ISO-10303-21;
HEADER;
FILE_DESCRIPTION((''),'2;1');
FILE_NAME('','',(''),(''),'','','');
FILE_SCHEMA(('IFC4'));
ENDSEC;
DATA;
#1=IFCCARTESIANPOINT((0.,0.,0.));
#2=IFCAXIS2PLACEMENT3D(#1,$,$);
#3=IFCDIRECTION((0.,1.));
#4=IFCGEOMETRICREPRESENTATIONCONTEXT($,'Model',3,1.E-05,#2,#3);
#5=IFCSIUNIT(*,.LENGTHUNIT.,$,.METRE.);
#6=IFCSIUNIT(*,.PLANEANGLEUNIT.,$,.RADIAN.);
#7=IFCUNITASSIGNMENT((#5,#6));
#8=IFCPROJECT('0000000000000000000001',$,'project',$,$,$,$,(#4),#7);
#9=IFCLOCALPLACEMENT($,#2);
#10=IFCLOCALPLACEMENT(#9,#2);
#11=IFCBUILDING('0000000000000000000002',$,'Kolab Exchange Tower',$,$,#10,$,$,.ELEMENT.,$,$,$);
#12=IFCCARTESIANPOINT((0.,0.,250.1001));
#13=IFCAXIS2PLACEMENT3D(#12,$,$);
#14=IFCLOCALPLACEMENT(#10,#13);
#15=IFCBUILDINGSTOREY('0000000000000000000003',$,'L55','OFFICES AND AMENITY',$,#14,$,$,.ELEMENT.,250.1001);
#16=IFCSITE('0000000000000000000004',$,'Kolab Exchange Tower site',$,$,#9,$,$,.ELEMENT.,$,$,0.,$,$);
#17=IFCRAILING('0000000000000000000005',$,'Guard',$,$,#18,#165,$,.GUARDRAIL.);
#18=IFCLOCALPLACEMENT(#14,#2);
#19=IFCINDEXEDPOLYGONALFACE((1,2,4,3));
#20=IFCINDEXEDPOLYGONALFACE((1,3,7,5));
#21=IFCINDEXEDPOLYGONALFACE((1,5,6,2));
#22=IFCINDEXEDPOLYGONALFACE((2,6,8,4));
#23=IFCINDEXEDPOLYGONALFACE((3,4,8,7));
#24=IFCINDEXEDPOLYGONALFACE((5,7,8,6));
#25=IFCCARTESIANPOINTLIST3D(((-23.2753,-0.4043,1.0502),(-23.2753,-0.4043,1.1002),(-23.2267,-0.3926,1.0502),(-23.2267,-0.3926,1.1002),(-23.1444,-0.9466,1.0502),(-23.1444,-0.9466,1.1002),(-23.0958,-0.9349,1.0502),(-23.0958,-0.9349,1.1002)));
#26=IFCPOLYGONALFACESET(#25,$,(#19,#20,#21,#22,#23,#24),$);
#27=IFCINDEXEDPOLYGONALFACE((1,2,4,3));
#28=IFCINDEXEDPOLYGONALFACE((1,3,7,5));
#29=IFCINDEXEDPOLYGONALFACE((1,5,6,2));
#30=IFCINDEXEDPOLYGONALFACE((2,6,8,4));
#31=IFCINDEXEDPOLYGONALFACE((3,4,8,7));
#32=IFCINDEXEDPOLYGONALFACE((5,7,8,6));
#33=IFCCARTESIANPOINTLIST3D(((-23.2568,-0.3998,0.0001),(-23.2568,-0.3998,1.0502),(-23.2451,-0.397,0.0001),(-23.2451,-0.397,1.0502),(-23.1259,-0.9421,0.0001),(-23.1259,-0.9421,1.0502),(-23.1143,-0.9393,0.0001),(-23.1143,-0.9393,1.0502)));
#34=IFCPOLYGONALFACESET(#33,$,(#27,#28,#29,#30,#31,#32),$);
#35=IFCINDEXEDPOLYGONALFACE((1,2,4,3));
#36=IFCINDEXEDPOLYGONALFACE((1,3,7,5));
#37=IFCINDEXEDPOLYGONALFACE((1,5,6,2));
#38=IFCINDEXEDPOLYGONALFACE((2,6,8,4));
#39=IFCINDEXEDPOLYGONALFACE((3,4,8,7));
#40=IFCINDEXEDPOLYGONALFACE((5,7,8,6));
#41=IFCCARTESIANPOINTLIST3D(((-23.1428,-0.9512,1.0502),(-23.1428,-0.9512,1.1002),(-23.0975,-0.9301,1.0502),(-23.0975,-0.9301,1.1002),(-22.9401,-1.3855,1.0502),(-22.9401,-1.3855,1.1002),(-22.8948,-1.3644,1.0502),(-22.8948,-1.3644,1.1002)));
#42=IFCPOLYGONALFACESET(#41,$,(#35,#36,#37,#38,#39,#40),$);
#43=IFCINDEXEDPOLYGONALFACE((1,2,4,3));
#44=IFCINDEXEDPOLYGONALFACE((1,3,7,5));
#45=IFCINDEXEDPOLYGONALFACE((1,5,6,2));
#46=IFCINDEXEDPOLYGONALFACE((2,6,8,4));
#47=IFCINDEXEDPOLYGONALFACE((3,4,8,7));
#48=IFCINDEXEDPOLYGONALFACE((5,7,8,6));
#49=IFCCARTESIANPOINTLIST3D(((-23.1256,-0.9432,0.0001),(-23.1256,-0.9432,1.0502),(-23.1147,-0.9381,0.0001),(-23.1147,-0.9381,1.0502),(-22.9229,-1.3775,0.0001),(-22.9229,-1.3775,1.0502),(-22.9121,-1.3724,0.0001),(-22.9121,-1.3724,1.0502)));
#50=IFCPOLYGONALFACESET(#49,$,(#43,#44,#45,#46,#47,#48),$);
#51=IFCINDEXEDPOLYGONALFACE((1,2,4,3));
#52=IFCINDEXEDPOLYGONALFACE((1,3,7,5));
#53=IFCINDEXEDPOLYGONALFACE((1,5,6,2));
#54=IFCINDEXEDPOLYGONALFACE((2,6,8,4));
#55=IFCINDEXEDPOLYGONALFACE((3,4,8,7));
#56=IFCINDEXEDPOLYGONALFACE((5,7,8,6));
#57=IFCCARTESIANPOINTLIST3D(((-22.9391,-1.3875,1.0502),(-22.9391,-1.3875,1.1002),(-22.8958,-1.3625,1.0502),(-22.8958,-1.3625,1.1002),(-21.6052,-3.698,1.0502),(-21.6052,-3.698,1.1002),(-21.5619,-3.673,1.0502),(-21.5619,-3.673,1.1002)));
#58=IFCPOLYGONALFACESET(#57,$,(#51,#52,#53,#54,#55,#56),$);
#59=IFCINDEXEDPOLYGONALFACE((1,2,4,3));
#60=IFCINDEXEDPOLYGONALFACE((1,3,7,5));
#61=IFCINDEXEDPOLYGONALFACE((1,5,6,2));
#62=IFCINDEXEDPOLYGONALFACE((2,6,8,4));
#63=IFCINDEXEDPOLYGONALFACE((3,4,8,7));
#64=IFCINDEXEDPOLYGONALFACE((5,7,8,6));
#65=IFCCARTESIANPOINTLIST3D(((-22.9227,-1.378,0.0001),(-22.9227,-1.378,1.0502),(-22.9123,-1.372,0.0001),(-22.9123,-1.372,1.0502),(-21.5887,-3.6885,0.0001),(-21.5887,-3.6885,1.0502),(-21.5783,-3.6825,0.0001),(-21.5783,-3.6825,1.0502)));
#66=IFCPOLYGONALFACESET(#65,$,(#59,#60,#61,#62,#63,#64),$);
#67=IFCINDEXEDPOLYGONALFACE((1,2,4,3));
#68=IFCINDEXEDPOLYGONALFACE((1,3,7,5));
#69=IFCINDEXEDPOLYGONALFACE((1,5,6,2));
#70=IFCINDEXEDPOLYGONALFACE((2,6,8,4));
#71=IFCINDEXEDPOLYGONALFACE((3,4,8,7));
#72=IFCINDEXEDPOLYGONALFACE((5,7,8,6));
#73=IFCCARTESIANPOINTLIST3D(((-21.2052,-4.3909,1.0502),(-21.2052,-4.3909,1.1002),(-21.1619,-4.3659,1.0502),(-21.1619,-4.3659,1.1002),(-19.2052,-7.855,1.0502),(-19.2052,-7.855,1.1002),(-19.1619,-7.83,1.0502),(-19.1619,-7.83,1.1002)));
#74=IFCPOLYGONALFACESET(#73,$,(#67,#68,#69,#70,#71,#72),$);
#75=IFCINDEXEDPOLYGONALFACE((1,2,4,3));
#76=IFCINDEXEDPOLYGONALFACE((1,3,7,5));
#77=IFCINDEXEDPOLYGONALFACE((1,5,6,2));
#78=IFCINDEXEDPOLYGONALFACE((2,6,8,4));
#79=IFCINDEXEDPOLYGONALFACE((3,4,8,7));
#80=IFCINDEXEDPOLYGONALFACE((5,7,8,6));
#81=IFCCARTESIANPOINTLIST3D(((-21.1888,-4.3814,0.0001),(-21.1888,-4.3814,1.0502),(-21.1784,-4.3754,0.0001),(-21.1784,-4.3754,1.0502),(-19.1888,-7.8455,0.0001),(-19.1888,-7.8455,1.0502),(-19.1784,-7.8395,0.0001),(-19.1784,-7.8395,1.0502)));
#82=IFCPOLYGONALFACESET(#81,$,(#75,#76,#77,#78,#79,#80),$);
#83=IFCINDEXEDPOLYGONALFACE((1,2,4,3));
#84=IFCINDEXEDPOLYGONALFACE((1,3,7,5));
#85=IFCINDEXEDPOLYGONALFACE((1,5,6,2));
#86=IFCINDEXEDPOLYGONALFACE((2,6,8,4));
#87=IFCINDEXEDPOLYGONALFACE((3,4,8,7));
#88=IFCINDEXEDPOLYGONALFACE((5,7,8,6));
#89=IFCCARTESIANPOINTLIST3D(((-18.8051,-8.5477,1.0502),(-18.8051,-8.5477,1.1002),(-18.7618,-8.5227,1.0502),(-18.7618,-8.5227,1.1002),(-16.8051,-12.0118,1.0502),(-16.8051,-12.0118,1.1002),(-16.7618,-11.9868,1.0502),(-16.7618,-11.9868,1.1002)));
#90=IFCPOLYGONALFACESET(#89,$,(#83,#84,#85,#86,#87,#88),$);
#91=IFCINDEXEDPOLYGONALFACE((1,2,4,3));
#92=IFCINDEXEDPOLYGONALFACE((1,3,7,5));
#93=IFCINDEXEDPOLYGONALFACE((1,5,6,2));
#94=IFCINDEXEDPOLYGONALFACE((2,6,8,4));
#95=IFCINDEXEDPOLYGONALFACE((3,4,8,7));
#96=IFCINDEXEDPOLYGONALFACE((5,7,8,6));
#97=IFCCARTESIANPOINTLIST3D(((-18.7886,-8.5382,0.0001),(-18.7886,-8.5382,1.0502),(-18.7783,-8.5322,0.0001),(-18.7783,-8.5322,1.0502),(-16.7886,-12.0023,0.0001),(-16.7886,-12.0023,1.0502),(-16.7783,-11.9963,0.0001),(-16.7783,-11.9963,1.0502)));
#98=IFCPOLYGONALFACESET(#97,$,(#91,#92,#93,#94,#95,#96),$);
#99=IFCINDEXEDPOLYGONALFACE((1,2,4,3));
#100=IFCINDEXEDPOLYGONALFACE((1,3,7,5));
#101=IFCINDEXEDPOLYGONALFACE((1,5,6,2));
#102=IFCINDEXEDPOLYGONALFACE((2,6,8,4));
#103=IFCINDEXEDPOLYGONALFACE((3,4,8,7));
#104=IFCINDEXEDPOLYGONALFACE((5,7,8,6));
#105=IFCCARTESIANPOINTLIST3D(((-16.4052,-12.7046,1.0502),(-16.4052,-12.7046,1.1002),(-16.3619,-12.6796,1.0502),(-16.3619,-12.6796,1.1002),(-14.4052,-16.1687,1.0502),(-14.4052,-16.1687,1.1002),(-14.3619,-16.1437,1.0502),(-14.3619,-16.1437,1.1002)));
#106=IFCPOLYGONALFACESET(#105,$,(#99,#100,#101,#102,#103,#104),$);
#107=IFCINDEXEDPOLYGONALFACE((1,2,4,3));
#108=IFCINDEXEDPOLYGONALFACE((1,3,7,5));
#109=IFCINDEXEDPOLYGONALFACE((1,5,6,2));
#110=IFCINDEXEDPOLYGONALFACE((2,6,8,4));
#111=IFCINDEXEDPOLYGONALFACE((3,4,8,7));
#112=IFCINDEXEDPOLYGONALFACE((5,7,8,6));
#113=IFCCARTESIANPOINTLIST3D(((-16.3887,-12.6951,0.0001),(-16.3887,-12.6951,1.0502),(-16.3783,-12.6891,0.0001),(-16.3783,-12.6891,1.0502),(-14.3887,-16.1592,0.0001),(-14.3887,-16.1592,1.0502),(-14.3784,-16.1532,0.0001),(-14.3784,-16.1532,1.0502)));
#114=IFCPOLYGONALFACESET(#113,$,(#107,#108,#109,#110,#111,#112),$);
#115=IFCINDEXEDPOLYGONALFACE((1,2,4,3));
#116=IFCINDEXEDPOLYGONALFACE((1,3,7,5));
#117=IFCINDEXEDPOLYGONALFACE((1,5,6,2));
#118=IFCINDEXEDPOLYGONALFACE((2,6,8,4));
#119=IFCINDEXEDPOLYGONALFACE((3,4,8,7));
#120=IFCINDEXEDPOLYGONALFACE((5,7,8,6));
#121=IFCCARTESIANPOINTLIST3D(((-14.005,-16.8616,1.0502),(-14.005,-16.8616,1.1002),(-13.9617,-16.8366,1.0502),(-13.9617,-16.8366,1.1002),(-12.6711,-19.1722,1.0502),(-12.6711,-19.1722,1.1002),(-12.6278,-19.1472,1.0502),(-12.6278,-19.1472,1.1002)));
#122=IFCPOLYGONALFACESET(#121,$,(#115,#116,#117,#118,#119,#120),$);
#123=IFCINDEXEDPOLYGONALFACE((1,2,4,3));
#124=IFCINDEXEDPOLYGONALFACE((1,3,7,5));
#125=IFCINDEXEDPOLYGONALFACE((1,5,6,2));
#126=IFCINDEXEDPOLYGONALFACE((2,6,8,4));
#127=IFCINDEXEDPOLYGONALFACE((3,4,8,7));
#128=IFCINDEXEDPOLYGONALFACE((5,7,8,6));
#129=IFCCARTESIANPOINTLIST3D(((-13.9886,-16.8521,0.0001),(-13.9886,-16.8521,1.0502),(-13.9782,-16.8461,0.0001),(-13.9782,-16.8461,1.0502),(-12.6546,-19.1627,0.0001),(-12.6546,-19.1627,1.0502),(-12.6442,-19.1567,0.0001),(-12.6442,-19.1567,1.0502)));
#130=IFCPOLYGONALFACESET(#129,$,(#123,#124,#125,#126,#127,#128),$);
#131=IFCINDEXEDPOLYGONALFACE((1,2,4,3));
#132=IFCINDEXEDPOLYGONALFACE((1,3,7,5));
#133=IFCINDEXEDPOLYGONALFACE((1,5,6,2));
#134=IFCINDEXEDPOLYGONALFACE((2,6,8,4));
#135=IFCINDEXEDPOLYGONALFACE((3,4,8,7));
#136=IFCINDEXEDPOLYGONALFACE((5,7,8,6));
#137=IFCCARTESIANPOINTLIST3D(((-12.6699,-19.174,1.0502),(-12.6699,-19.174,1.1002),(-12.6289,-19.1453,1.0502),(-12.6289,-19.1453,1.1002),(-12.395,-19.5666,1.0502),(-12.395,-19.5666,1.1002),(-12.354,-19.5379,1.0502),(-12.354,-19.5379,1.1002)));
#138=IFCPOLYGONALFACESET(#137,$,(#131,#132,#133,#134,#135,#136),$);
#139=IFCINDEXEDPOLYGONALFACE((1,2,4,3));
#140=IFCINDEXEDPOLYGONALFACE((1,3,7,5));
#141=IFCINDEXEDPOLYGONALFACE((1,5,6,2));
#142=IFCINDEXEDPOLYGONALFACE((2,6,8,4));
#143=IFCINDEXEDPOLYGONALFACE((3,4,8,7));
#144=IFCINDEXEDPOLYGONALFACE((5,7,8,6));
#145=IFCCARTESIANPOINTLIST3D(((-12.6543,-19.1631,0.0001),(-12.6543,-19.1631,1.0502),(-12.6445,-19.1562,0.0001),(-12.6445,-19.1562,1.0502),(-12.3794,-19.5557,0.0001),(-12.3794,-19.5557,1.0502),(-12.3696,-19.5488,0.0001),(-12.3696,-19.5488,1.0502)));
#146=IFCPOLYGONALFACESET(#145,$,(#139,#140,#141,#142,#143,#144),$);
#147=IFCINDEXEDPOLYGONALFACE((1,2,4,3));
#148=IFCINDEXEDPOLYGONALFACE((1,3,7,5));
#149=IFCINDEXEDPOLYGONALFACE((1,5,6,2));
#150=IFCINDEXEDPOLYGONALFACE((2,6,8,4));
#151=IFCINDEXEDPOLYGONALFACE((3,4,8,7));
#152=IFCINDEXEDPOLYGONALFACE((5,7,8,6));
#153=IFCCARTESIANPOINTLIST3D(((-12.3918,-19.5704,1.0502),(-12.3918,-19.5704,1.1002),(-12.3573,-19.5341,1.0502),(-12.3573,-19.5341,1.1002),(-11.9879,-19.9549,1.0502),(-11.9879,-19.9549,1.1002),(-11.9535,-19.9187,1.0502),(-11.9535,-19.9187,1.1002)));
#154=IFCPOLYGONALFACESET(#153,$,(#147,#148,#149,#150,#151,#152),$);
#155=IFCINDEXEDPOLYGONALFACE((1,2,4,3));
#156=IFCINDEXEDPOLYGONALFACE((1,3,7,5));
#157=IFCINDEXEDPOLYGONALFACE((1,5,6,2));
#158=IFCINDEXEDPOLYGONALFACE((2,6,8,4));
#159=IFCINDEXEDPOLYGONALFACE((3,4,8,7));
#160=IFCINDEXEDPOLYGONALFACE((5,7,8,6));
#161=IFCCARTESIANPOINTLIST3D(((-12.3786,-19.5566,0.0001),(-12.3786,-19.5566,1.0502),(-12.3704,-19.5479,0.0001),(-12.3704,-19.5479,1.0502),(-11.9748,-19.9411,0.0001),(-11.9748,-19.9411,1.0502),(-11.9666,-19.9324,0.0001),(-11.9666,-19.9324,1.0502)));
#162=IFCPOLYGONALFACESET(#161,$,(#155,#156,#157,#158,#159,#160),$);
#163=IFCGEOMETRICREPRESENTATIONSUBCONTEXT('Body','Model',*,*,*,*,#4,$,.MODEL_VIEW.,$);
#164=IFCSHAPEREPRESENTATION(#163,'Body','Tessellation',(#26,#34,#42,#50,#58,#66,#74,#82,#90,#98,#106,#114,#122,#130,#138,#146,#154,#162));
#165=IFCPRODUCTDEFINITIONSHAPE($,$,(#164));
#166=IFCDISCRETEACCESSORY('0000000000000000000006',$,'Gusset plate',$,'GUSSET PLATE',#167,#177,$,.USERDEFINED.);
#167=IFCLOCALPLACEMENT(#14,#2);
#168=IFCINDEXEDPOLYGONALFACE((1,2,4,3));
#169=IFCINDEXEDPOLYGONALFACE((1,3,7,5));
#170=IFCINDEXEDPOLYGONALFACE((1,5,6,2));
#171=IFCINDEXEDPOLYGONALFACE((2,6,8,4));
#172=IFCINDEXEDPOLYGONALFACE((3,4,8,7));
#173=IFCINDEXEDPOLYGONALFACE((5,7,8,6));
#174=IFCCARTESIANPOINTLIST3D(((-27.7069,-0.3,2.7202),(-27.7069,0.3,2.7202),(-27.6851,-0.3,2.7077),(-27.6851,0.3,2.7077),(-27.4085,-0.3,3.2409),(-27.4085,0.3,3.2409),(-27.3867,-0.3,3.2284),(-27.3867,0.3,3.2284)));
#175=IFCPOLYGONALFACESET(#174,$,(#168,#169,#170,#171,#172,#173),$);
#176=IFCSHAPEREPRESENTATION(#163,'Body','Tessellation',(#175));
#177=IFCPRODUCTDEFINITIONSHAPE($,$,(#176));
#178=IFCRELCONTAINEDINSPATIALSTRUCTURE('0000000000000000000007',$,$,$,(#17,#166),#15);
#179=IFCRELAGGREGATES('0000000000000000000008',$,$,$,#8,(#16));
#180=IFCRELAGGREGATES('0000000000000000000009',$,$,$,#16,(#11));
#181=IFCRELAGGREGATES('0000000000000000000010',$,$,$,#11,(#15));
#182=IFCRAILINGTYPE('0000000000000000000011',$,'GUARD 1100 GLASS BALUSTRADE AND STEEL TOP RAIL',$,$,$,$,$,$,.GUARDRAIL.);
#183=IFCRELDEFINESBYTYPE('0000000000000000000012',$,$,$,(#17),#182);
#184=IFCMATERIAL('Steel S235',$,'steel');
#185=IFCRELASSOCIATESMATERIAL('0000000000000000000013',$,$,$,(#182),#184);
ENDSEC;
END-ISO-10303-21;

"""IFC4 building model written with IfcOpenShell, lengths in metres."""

from ifc_helpers import new_model, si_unit, direction, frame, frame_2d, origin, origin_2d, place, context, subcontext, project, spatial, rectangle, extrude, material, type_object, element, save


model = new_model("IFC4")

# Units and contexts
model_context = context("Model", 3, precision=1e-05, world=origin(), true_north=direction((0.0, 1.0)))
body_context = subcontext(model_context, "Body", "Model", "MODEL_VIEW")
ifc_project = project(units=[si_unit("LENGTHUNIT", "METRE"), si_unit("PLANEANGLEUNIT", "RADIAN")], contexts=[model_context])

# Site, building, storey
site_placement = place(None, origin())
site = spatial("IfcSite", under=ifc_project, at=site_placement, Name="Kolab Exchange Tower site", CompositionType="ELEMENT", RefElevation=0.0)
building_placement = place(site_placement, origin())
building = spatial("IfcBuilding", under=site, at=building_placement, Name="Kolab Exchange Tower", CompositionType="ELEMENT")
storey_placement = place(building_placement, frame((0.0, 0.0, 250.1001)))
storey = spatial("IfcBuildingStorey", under=building, at=storey_placement, Name="L55", Description="OFFICES AND AMENITY", CompositionType="ELEMENT", Elevation=250.1001)

# Railing
ifc_material_1 = material(Name="Steel S235", Category="steel")
railing_type = type_object("IfcRailingType", Name="GUARD 1100 GLASS BALUSTRADE AND STEEL TOP RAIL", PredefinedType="GUARDRAIL", material=ifc_material_1)
railing_placement = place(storey_placement, frame((-23.251, -0.3984, 0.0)))
element("IfcRailing", 1, at=railing_placement, inside=storey, type_object=railing_type, Name="Guard", PredefinedType="GUARDRAIL", context=body_context, shape_type="SweptSolid", body=[
    extrude(rectangle(XDim=0.05, YDim=0.05, at=origin_2d()), frame((0.0, 0.0, 1.0752), z_axis=(0.234598, -0.972093, 0.0), x_axis=(0.972093, 0.234598, 0.0)), (0.0, 0.0, 1.0), 0.5579),
    extrude(rectangle(XDim=0.012, YDim=1.0501, at=frame_2d((0.0, 0.5251))), frame((0.0, 0.0, 0.0), z_axis=(0.234598, -0.972093, 0.0), x_axis=(0.972093, 0.234598, 0.0)), (0.0, 0.0, 1.0), 0.5579),
    extrude(rectangle(XDim=0.05, YDim=0.05, at=origin_2d()), frame((0.1309, -0.5422, 1.0752), z_axis=(0.422802, -0.906222, 0.0), x_axis=(0.906222, 0.422802, 0.0)), (0.0, 0.0, 1.0), 0.4792),
    extrude(rectangle(XDim=0.012, YDim=1.0501, at=frame_2d((0.0, 0.5251))), frame((0.1309, -0.5422, 0.0), z_axis=(0.422802, -0.906222, 0.0), x_axis=(0.906222, 0.422802, 0.0)), (0.0, 0.0, 1.0), 0.4792),
    extrude(rectangle(XDim=0.05, YDim=0.05, at=origin_2d()), frame((0.3335, -0.9766, 1.0752), z_axis=(0.499997, -0.866027, 0.0), x_axis=(0.866027, 0.499997, 0.0)), (0.0, 0.0, 1.0), 2.668),
    extrude(rectangle(XDim=0.012, YDim=1.0501, at=frame_2d((0.0, 0.5251))), frame((0.3335, -0.9766, 0.0), z_axis=(0.499997, -0.866027, 0.0), x_axis=(0.866027, 0.499997, 0.0)), (0.0, 0.0, 1.0), 2.668),
    extrude(rectangle(XDim=0.05, YDim=0.05, at=origin_2d()), frame((2.0674, -3.98, 1.0752), z_axis=(0.499999, -0.866026, 0.0), x_axis=(0.866026, 0.499999, 0.0)), (0.0, 0.0, 1.0), 4.0),
    extrude(rectangle(XDim=0.012, YDim=1.0501, at=frame_2d((0.0, 0.5251))), frame((2.0674, -3.98, 0.0), z_axis=(0.499999, -0.866026, 0.0), x_axis=(0.866026, 0.499999, 0.0)), (0.0, 0.0, 1.0), 4.0),
    extrude(rectangle(XDim=0.05, YDim=0.05, at=origin_2d()), frame((4.4675, -8.1367, 1.0752), z_axis=(0.499999, -0.866026, 0.0), x_axis=(0.866026, 0.499999, 0.0)), (0.0, 0.0, 1.0), 4.0),
    extrude(rectangle(XDim=0.012, YDim=1.0501, at=frame_2d((0.0, 0.5251))), frame((4.4675, -8.1367, 0.0), z_axis=(0.499999, -0.866026, 0.0), x_axis=(0.866026, 0.499999, 0.0)), (0.0, 0.0, 1.0), 4.0),
    extrude(rectangle(XDim=0.05, YDim=0.05, at=origin_2d()), frame((6.8674, -12.2937, 1.0752), z_axis=(0.499999, -0.866026, 0.0), x_axis=(0.866026, 0.499999, 0.0)), (0.0, 0.0, 1.0), 4.0),
    extrude(rectangle(XDim=0.012, YDim=1.0501, at=frame_2d((0.0, 0.5251))), frame((6.8674, -12.2937, 0.0), z_axis=(0.499999, -0.866026, 0.0), x_axis=(0.866026, 0.499999, 0.0)), (0.0, 0.0, 1.0), 4.0),
    extrude(rectangle(XDim=0.05, YDim=0.05, at=origin_2d()), frame((9.2676, -16.4507, 1.0752), z_axis=(0.499997, -0.866027, 0.0), x_axis=(0.866027, 0.499997, 0.0)), (0.0, 0.0, 1.0), 2.668),
    extrude(rectangle(XDim=0.012, YDim=1.0501, at=frame_2d((0.0, 0.5251))), frame((9.2676, -16.4507, 0.0), z_axis=(0.499997, -0.866027, 0.0), x_axis=(0.866027, 0.499997, 0.0)), (0.0, 0.0, 1.0), 2.668),
    extrude(rectangle(XDim=0.05, YDim=0.05, at=origin_2d()), frame((10.6016, -18.7612, 1.0752), z_axis=(0.573599, -0.819136, 0.0), x_axis=(0.819136, 0.573599, 0.0)), (0.0, 0.0, 1.0), 0.4792),
    extrude(rectangle(XDim=0.012, YDim=1.0501, at=frame_2d((0.0, 0.5251))), frame((10.6016, -18.7612, 0.0), z_axis=(0.573599, -0.819136, 0.0), x_axis=(0.819136, 0.573599, 0.0)), (0.0, 0.0, 1.0), 0.4792),
    extrude(rectangle(XDim=0.05, YDim=0.05, at=origin_2d()), frame((10.8765, -19.1538, 1.0752), z_axis=(0.72419, -0.689601, 0.0), x_axis=(0.689601, 0.72419, 0.0)), (0.0, 0.0, 1.0), 0.5576),
    extrude(rectangle(XDim=0.012, YDim=1.0501, at=frame_2d((0.0, 0.5251))), frame((10.8765, -19.1538, 0.0), z_axis=(0.72419, -0.689601, 0.0), x_axis=(0.689601, 0.72419, 0.0)), (0.0, 0.0, 1.0), 0.5576),
])

# Discrete accessory
discrete_accessory_placement = place(storey_placement, frame((-27.5359, 0.0, 2.968), z_axis=(-0.867643, 0.0, 0.497188), x_axis=(0.0, -1.0, 0.0)))
element("IfcDiscreteAccessory", 2, at=discrete_accessory_placement, inside=storey, Name="Gusset plate", ObjectType="GUSSET PLATE", PredefinedType="USERDEFINED", context=body_context, shape_type="SweptSolid", body=[
    extrude(rectangle(XDim=0.6001, YDim=0.6001, at=origin_2d()), origin(), (0.0, 0.0, 1.0), 0.0251),
])

save(model, "model.ifc")
